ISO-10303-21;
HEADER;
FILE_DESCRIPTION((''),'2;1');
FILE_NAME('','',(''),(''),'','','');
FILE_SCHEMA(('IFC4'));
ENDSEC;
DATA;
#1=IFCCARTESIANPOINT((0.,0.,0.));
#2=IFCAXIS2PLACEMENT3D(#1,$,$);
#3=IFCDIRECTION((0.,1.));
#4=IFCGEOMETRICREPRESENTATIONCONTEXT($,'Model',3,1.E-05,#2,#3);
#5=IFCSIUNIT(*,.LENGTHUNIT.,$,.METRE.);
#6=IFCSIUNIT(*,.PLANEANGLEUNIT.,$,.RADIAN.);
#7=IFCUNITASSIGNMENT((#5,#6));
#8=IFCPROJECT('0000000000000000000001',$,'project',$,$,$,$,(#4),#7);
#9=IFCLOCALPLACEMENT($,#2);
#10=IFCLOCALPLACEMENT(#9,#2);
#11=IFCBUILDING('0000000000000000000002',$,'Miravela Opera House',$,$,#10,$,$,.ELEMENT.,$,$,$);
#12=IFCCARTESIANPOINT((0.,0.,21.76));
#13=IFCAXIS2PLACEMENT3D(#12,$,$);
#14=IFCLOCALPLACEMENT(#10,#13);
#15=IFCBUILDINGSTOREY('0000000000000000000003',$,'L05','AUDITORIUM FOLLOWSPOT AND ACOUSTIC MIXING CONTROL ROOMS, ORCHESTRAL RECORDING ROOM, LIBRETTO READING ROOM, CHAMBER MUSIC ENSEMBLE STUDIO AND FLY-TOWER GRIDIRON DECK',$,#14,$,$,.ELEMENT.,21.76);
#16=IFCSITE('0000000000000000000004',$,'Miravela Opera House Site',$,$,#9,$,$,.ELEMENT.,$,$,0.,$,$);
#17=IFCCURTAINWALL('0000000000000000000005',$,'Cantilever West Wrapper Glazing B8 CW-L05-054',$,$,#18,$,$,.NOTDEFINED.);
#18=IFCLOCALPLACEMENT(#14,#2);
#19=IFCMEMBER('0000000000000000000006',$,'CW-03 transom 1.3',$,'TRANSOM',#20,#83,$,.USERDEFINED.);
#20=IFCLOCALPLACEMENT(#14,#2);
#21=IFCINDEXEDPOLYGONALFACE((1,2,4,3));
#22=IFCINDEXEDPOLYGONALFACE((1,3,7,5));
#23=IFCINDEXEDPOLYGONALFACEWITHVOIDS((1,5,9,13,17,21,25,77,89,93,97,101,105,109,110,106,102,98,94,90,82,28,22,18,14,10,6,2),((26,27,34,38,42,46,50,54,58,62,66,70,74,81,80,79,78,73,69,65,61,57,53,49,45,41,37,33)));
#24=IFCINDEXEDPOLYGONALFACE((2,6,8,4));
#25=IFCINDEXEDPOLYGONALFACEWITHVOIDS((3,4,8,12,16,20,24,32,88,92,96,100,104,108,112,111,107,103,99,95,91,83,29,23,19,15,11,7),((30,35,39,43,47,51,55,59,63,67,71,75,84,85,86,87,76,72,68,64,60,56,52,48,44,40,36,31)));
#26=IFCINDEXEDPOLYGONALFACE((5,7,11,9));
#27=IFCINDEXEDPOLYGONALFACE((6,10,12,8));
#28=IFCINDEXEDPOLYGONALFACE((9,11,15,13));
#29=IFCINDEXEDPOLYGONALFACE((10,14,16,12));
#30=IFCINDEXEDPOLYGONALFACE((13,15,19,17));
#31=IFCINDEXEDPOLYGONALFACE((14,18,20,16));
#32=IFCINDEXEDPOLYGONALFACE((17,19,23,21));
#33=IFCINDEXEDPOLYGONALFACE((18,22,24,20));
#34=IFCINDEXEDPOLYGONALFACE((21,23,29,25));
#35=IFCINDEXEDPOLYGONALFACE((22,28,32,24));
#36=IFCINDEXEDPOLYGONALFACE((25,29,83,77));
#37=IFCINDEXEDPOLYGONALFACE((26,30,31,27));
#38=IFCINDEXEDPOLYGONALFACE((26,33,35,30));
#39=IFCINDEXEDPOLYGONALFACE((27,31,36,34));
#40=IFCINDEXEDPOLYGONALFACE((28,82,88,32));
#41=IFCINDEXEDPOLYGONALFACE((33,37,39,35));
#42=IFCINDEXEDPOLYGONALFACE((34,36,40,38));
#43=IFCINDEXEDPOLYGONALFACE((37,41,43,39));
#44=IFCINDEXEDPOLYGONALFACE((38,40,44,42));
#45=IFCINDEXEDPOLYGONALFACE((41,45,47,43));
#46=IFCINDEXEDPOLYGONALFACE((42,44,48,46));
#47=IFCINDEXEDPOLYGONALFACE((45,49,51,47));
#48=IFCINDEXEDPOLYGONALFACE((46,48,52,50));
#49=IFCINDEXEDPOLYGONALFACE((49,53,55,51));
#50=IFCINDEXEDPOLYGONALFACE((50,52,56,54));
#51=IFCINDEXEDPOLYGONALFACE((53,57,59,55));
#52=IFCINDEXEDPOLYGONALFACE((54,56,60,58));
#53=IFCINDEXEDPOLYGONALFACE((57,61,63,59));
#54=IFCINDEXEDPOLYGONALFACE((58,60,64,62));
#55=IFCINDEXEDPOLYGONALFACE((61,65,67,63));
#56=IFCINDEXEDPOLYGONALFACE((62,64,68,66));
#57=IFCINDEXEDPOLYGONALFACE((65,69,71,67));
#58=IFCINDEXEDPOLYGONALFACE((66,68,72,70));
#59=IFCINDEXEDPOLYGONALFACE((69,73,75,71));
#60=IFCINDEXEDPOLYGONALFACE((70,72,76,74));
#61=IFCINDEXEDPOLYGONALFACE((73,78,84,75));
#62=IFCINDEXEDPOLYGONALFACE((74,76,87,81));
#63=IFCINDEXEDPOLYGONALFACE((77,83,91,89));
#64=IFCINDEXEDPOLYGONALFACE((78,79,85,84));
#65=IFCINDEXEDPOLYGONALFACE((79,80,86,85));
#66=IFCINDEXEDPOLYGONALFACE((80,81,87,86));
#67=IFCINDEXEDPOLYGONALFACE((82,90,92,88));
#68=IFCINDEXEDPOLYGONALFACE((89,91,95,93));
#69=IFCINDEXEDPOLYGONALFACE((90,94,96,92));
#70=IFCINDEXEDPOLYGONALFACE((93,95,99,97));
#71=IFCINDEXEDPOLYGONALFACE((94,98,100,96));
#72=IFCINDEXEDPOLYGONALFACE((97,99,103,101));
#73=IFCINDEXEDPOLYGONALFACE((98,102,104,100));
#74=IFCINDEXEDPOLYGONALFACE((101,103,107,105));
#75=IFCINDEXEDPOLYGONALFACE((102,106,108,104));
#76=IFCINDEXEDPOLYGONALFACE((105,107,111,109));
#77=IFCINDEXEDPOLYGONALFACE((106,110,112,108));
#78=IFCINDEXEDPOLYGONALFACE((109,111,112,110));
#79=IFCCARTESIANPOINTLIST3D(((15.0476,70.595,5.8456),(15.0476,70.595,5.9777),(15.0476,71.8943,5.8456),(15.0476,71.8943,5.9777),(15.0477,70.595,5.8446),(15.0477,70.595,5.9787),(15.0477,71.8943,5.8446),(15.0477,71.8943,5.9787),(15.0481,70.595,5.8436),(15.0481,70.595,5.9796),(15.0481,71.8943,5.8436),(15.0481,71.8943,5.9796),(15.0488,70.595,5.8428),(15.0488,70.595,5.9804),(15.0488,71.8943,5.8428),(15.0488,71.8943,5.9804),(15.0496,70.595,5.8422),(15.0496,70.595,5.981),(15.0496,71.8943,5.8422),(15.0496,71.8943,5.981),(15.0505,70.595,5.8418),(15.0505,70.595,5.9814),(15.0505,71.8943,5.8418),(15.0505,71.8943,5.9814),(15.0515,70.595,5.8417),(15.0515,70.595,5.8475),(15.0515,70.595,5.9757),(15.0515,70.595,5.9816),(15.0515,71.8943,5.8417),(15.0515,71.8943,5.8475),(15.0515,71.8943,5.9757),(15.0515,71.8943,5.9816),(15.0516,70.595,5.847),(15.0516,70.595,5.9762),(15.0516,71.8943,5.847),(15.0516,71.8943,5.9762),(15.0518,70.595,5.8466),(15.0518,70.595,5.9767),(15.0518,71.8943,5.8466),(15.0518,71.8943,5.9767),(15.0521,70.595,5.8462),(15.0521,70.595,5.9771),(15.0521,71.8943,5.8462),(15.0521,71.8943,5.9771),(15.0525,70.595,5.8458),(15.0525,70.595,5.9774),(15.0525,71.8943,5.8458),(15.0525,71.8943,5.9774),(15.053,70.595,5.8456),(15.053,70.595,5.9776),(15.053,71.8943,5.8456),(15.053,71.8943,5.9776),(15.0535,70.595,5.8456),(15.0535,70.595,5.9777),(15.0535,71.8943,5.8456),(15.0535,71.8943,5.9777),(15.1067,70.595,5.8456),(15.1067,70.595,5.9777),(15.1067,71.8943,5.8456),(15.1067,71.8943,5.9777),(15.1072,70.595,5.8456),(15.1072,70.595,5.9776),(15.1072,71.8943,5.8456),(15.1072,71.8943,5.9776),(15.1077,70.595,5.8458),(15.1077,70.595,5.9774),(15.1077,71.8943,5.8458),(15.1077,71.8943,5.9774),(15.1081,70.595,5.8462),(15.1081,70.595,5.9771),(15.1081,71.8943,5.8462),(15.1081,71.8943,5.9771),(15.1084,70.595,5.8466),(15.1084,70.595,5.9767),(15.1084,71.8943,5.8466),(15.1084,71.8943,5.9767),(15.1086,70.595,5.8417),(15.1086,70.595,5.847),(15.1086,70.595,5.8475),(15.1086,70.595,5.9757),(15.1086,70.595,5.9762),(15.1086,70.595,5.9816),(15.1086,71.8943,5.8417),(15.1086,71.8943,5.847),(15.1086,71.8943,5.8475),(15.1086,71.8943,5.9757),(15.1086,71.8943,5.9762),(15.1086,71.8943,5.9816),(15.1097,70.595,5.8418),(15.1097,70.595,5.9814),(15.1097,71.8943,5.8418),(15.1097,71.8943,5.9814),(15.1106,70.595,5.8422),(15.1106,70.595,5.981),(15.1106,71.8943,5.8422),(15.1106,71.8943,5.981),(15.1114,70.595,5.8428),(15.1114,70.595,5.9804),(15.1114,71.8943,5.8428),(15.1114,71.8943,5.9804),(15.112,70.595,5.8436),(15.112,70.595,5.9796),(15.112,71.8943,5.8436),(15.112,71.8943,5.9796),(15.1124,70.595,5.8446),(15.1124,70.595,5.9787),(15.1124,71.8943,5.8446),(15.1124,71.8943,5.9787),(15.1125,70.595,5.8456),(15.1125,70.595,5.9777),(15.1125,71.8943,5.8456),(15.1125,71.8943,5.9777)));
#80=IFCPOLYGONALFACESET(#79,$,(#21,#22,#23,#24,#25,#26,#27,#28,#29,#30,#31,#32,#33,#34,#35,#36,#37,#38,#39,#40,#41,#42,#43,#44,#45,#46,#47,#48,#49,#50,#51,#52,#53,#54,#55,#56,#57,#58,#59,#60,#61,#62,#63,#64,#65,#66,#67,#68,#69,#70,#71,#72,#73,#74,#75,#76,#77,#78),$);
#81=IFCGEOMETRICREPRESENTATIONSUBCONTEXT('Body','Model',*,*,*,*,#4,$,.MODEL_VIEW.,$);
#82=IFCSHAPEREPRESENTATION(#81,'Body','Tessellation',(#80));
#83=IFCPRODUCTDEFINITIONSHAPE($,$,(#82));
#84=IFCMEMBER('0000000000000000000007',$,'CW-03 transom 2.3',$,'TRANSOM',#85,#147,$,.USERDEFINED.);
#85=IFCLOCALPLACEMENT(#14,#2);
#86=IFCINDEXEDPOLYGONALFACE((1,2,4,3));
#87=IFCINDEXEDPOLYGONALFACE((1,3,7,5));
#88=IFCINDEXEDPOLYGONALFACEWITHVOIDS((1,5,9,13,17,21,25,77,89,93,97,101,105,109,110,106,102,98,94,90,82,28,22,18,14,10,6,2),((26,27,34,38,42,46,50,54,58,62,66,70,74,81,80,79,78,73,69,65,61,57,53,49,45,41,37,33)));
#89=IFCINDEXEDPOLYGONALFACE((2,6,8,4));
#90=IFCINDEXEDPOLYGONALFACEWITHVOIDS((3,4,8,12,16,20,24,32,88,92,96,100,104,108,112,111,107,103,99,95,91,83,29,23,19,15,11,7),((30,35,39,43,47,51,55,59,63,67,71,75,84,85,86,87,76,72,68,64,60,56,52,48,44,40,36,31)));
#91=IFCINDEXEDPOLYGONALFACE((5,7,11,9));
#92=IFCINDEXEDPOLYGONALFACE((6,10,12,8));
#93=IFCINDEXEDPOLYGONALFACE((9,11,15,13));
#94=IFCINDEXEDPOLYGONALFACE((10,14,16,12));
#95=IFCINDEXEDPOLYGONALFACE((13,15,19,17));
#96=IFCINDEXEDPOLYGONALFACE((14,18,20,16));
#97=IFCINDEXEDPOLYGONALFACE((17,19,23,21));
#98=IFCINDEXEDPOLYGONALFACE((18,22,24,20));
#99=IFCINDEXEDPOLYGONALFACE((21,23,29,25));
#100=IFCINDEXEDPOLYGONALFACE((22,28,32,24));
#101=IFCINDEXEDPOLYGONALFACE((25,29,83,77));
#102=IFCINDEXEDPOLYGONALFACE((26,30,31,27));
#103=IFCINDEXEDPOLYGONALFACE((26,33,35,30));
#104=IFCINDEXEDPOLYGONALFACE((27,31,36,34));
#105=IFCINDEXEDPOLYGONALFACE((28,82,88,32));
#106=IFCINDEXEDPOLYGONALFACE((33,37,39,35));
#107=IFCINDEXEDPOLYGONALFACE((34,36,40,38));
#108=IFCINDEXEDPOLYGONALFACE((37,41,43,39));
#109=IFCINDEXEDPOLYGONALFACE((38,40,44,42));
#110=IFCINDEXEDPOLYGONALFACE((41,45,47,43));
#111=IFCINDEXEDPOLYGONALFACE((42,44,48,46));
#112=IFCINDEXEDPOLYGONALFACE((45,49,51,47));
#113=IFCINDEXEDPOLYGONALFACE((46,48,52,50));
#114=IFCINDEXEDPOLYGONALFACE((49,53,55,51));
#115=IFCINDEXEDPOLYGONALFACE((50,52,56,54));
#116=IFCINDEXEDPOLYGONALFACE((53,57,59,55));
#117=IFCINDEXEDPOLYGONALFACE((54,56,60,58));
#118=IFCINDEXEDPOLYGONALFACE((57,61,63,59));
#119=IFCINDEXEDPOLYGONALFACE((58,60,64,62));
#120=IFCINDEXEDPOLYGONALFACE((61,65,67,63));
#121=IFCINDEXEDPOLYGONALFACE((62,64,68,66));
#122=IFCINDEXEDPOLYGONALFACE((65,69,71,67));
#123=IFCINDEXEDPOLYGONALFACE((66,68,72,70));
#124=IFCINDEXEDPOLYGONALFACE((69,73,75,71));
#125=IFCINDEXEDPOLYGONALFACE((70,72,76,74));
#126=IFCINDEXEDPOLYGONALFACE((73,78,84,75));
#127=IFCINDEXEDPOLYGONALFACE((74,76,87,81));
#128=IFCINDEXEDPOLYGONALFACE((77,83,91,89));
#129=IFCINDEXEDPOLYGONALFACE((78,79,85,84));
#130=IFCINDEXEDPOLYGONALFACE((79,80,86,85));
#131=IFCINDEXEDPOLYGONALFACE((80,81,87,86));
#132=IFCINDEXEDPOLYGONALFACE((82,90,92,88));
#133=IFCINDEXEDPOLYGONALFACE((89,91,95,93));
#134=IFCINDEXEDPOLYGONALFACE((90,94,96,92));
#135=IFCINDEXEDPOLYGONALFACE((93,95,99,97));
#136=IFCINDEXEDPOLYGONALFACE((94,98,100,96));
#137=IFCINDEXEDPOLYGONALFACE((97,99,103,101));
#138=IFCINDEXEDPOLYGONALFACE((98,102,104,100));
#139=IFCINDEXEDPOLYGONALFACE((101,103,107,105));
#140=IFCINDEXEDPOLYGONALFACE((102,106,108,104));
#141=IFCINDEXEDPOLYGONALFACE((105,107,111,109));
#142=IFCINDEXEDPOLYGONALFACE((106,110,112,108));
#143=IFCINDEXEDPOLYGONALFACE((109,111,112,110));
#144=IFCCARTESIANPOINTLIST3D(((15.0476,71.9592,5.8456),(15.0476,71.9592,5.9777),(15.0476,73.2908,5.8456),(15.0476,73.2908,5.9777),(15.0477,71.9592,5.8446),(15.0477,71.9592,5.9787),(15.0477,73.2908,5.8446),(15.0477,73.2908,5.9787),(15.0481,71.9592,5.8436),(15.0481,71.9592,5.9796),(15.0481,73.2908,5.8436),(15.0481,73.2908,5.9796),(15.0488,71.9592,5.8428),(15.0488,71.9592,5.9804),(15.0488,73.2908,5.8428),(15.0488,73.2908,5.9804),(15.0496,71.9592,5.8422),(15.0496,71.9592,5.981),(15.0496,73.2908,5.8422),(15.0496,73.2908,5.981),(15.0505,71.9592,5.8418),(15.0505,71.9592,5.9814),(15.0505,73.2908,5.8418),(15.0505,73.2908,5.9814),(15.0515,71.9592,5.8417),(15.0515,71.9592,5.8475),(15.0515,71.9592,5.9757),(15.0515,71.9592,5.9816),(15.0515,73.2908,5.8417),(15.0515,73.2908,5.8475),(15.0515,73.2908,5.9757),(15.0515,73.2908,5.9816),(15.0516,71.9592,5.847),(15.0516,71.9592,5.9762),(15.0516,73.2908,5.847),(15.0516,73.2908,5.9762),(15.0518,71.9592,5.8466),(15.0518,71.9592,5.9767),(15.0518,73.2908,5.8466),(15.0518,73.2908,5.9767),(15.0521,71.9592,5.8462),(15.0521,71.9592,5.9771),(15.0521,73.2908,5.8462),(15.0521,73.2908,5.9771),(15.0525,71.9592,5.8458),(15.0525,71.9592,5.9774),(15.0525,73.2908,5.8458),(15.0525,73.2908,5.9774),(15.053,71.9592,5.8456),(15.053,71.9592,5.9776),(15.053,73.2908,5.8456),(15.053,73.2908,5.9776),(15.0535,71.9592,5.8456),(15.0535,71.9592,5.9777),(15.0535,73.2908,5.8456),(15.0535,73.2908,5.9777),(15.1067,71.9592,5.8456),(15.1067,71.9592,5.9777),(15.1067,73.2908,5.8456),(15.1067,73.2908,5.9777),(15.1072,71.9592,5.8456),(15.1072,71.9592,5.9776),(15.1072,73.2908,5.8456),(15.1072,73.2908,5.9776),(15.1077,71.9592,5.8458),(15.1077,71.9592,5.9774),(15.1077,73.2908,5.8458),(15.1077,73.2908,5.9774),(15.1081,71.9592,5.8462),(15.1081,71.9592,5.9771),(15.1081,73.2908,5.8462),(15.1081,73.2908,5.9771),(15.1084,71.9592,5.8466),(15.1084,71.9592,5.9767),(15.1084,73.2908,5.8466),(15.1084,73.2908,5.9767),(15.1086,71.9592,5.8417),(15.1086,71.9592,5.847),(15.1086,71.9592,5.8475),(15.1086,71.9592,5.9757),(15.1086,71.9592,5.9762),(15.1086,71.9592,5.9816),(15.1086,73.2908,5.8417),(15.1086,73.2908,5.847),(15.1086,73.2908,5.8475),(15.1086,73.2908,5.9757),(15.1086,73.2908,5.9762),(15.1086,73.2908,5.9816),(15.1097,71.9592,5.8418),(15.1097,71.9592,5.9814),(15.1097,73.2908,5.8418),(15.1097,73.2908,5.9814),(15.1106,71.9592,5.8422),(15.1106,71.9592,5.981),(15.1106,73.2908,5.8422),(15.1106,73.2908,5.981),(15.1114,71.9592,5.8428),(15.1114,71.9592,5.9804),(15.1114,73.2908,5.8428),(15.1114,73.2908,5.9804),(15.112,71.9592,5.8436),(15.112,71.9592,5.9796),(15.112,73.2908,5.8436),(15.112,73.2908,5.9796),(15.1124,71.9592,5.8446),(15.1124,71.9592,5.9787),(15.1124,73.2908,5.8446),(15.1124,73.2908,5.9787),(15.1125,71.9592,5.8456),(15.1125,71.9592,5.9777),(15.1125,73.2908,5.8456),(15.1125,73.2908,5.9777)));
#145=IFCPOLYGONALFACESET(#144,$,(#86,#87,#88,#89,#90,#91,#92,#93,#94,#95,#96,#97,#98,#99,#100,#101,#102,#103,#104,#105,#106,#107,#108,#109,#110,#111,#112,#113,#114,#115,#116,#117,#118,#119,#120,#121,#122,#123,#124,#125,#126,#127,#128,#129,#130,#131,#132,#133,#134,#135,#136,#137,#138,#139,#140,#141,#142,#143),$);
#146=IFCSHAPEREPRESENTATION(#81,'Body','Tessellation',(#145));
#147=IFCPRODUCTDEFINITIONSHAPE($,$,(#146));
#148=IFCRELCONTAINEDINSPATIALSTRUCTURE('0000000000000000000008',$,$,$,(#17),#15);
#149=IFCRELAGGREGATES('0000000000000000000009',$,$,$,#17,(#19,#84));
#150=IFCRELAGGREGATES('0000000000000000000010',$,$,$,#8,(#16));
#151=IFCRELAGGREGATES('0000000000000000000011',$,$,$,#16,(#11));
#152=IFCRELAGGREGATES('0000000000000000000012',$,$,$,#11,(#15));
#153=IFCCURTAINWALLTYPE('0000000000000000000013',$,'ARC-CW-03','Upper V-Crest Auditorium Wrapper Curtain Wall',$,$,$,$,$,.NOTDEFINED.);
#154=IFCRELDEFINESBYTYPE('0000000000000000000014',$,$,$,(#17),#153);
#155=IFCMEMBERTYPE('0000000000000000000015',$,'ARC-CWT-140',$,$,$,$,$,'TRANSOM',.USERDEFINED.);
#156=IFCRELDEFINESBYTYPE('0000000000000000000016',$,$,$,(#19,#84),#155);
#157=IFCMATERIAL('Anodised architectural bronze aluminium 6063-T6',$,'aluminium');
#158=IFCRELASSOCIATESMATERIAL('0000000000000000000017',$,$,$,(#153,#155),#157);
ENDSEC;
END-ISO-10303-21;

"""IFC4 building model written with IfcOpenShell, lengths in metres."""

from ifc_helpers import new_model, si_unit, direction, frame, origin, origin_2d, place, context, subcontext, project, spatial, hollow_rectangle, extrude, material, material_profile, profile_set, type_object, element, aggregate, save


model = new_model("IFC4")

# Units and contexts
model_context = context("Model", 3, precision=1e-05, world=origin(), true_north=direction((0.0, 1.0)))
body_context = subcontext(model_context, "Body", "Model", "MODEL_VIEW")
ifc_project = project(units=[si_unit("LENGTHUNIT", "METRE"), si_unit("PLANEANGLEUNIT", "RADIAN")], contexts=[model_context])

# Site, building, storey
site_placement = place(None, origin())
site = spatial("IfcSite", under=ifc_project, at=site_placement, Name="Miravela Opera House Site", CompositionType="ELEMENT", RefElevation=0.0)
building_placement = place(site_placement, origin())
building = spatial("IfcBuilding", under=site, at=building_placement, Name="Miravela Opera House", CompositionType="ELEMENT")
storey_placement = place(building_placement, frame((0.0, 0.0, 21.76)))
storey = spatial("IfcBuildingStorey", under=building, at=storey_placement, Name="L05", Description="AUDITORIUM FOLLOWSPOT AND ACOUSTIC MIXING CONTROL ROOMS, ORCHESTRAL RECORDING ROOM, LIBRETTO READING ROOM, CHAMBER MUSIC ENSEMBLE STUDIO AND FLY-TOWER GRIDIRON DECK", CompositionType="ELEMENT", Elevation=21.76)

# Curtain wall, members
ifc_material_1 = material(Name="Anodised architectural bronze aluminium 6063-T6", Category="aluminium")
curtain_wall_type = type_object("IfcCurtainWallType", Name="ARC-CW-03", Description="Upper V-Crest Auditorium Wrapper Curtain Wall", PredefinedType="NOTDEFINED", material=ifc_material_1)
ifc_material_profile_1 = material_profile(ifc_material_1, hollow_rectangle(XDim=0.0649, YDim=0.1399, WallThickness=0.0039, InnerFilletRadius=0.002, OuterFilletRadius=0.0039, at=origin_2d()), Name="CWT-65X140")
ifc_profile_set_1 = profile_set([ifc_material_profile_1])
member_type_1 = type_object("IfcMemberType", Name="ARC-CWT-140", ElementType="TRANSOM", PredefinedType="USERDEFINED", material=ifc_profile_set_1)
curtain_wall_1_placement = place(storey_placement, origin())
curtain_wall_1 = element("IfcCurtainWall", 1, at=curtain_wall_1_placement, inside=storey, type_object=curtain_wall_type, Name="Cantilever West Wrapper Glazing B8 CW-L05-054", PredefinedType="NOTDEFINED")
member_1_placement = place(storey_placement, frame((15.0801, 70.595, 5.9116), z_axis=(0.0, 1.0, 0.0), x_axis=(-1.0, 0.0, 0.0)))
member_1 = element("IfcMember", 2, at=member_1_placement, type_object=member_type_1, Name="CW-03 transom 1.3", ObjectType="TRANSOM", PredefinedType="USERDEFINED", context=body_context, shape_type="SweptSolid", body=[
    extrude(hollow_rectangle(XDim=0.0649, YDim=0.1399, WallThickness=0.0039, InnerFilletRadius=0.002, OuterFilletRadius=0.0039, at=origin_2d()), origin(), (0.0, 0.0, 1.0), 1.2993),
])
member_2_placement = place(storey_placement, frame((15.0801, 71.9592, 5.9116), z_axis=(0.0, 1.0, 0.0), x_axis=(-1.0, 0.0, 0.0)))
member_2 = element("IfcMember", 3, at=member_2_placement, type_object=member_type_1, Name="CW-03 transom 2.3", ObjectType="TRANSOM", PredefinedType="USERDEFINED", context=body_context, shape_type="SweptSolid", body=[
    extrude(hollow_rectangle(XDim=0.0649, YDim=0.1399, WallThickness=0.0039, InnerFilletRadius=0.002, OuterFilletRadius=0.0039, at=origin_2d()), origin(), (0.0, 0.0, 1.0), 1.3315),
])

aggregate(curtain_wall_1, [member_1, member_2])

save(model, "model.ifc")
